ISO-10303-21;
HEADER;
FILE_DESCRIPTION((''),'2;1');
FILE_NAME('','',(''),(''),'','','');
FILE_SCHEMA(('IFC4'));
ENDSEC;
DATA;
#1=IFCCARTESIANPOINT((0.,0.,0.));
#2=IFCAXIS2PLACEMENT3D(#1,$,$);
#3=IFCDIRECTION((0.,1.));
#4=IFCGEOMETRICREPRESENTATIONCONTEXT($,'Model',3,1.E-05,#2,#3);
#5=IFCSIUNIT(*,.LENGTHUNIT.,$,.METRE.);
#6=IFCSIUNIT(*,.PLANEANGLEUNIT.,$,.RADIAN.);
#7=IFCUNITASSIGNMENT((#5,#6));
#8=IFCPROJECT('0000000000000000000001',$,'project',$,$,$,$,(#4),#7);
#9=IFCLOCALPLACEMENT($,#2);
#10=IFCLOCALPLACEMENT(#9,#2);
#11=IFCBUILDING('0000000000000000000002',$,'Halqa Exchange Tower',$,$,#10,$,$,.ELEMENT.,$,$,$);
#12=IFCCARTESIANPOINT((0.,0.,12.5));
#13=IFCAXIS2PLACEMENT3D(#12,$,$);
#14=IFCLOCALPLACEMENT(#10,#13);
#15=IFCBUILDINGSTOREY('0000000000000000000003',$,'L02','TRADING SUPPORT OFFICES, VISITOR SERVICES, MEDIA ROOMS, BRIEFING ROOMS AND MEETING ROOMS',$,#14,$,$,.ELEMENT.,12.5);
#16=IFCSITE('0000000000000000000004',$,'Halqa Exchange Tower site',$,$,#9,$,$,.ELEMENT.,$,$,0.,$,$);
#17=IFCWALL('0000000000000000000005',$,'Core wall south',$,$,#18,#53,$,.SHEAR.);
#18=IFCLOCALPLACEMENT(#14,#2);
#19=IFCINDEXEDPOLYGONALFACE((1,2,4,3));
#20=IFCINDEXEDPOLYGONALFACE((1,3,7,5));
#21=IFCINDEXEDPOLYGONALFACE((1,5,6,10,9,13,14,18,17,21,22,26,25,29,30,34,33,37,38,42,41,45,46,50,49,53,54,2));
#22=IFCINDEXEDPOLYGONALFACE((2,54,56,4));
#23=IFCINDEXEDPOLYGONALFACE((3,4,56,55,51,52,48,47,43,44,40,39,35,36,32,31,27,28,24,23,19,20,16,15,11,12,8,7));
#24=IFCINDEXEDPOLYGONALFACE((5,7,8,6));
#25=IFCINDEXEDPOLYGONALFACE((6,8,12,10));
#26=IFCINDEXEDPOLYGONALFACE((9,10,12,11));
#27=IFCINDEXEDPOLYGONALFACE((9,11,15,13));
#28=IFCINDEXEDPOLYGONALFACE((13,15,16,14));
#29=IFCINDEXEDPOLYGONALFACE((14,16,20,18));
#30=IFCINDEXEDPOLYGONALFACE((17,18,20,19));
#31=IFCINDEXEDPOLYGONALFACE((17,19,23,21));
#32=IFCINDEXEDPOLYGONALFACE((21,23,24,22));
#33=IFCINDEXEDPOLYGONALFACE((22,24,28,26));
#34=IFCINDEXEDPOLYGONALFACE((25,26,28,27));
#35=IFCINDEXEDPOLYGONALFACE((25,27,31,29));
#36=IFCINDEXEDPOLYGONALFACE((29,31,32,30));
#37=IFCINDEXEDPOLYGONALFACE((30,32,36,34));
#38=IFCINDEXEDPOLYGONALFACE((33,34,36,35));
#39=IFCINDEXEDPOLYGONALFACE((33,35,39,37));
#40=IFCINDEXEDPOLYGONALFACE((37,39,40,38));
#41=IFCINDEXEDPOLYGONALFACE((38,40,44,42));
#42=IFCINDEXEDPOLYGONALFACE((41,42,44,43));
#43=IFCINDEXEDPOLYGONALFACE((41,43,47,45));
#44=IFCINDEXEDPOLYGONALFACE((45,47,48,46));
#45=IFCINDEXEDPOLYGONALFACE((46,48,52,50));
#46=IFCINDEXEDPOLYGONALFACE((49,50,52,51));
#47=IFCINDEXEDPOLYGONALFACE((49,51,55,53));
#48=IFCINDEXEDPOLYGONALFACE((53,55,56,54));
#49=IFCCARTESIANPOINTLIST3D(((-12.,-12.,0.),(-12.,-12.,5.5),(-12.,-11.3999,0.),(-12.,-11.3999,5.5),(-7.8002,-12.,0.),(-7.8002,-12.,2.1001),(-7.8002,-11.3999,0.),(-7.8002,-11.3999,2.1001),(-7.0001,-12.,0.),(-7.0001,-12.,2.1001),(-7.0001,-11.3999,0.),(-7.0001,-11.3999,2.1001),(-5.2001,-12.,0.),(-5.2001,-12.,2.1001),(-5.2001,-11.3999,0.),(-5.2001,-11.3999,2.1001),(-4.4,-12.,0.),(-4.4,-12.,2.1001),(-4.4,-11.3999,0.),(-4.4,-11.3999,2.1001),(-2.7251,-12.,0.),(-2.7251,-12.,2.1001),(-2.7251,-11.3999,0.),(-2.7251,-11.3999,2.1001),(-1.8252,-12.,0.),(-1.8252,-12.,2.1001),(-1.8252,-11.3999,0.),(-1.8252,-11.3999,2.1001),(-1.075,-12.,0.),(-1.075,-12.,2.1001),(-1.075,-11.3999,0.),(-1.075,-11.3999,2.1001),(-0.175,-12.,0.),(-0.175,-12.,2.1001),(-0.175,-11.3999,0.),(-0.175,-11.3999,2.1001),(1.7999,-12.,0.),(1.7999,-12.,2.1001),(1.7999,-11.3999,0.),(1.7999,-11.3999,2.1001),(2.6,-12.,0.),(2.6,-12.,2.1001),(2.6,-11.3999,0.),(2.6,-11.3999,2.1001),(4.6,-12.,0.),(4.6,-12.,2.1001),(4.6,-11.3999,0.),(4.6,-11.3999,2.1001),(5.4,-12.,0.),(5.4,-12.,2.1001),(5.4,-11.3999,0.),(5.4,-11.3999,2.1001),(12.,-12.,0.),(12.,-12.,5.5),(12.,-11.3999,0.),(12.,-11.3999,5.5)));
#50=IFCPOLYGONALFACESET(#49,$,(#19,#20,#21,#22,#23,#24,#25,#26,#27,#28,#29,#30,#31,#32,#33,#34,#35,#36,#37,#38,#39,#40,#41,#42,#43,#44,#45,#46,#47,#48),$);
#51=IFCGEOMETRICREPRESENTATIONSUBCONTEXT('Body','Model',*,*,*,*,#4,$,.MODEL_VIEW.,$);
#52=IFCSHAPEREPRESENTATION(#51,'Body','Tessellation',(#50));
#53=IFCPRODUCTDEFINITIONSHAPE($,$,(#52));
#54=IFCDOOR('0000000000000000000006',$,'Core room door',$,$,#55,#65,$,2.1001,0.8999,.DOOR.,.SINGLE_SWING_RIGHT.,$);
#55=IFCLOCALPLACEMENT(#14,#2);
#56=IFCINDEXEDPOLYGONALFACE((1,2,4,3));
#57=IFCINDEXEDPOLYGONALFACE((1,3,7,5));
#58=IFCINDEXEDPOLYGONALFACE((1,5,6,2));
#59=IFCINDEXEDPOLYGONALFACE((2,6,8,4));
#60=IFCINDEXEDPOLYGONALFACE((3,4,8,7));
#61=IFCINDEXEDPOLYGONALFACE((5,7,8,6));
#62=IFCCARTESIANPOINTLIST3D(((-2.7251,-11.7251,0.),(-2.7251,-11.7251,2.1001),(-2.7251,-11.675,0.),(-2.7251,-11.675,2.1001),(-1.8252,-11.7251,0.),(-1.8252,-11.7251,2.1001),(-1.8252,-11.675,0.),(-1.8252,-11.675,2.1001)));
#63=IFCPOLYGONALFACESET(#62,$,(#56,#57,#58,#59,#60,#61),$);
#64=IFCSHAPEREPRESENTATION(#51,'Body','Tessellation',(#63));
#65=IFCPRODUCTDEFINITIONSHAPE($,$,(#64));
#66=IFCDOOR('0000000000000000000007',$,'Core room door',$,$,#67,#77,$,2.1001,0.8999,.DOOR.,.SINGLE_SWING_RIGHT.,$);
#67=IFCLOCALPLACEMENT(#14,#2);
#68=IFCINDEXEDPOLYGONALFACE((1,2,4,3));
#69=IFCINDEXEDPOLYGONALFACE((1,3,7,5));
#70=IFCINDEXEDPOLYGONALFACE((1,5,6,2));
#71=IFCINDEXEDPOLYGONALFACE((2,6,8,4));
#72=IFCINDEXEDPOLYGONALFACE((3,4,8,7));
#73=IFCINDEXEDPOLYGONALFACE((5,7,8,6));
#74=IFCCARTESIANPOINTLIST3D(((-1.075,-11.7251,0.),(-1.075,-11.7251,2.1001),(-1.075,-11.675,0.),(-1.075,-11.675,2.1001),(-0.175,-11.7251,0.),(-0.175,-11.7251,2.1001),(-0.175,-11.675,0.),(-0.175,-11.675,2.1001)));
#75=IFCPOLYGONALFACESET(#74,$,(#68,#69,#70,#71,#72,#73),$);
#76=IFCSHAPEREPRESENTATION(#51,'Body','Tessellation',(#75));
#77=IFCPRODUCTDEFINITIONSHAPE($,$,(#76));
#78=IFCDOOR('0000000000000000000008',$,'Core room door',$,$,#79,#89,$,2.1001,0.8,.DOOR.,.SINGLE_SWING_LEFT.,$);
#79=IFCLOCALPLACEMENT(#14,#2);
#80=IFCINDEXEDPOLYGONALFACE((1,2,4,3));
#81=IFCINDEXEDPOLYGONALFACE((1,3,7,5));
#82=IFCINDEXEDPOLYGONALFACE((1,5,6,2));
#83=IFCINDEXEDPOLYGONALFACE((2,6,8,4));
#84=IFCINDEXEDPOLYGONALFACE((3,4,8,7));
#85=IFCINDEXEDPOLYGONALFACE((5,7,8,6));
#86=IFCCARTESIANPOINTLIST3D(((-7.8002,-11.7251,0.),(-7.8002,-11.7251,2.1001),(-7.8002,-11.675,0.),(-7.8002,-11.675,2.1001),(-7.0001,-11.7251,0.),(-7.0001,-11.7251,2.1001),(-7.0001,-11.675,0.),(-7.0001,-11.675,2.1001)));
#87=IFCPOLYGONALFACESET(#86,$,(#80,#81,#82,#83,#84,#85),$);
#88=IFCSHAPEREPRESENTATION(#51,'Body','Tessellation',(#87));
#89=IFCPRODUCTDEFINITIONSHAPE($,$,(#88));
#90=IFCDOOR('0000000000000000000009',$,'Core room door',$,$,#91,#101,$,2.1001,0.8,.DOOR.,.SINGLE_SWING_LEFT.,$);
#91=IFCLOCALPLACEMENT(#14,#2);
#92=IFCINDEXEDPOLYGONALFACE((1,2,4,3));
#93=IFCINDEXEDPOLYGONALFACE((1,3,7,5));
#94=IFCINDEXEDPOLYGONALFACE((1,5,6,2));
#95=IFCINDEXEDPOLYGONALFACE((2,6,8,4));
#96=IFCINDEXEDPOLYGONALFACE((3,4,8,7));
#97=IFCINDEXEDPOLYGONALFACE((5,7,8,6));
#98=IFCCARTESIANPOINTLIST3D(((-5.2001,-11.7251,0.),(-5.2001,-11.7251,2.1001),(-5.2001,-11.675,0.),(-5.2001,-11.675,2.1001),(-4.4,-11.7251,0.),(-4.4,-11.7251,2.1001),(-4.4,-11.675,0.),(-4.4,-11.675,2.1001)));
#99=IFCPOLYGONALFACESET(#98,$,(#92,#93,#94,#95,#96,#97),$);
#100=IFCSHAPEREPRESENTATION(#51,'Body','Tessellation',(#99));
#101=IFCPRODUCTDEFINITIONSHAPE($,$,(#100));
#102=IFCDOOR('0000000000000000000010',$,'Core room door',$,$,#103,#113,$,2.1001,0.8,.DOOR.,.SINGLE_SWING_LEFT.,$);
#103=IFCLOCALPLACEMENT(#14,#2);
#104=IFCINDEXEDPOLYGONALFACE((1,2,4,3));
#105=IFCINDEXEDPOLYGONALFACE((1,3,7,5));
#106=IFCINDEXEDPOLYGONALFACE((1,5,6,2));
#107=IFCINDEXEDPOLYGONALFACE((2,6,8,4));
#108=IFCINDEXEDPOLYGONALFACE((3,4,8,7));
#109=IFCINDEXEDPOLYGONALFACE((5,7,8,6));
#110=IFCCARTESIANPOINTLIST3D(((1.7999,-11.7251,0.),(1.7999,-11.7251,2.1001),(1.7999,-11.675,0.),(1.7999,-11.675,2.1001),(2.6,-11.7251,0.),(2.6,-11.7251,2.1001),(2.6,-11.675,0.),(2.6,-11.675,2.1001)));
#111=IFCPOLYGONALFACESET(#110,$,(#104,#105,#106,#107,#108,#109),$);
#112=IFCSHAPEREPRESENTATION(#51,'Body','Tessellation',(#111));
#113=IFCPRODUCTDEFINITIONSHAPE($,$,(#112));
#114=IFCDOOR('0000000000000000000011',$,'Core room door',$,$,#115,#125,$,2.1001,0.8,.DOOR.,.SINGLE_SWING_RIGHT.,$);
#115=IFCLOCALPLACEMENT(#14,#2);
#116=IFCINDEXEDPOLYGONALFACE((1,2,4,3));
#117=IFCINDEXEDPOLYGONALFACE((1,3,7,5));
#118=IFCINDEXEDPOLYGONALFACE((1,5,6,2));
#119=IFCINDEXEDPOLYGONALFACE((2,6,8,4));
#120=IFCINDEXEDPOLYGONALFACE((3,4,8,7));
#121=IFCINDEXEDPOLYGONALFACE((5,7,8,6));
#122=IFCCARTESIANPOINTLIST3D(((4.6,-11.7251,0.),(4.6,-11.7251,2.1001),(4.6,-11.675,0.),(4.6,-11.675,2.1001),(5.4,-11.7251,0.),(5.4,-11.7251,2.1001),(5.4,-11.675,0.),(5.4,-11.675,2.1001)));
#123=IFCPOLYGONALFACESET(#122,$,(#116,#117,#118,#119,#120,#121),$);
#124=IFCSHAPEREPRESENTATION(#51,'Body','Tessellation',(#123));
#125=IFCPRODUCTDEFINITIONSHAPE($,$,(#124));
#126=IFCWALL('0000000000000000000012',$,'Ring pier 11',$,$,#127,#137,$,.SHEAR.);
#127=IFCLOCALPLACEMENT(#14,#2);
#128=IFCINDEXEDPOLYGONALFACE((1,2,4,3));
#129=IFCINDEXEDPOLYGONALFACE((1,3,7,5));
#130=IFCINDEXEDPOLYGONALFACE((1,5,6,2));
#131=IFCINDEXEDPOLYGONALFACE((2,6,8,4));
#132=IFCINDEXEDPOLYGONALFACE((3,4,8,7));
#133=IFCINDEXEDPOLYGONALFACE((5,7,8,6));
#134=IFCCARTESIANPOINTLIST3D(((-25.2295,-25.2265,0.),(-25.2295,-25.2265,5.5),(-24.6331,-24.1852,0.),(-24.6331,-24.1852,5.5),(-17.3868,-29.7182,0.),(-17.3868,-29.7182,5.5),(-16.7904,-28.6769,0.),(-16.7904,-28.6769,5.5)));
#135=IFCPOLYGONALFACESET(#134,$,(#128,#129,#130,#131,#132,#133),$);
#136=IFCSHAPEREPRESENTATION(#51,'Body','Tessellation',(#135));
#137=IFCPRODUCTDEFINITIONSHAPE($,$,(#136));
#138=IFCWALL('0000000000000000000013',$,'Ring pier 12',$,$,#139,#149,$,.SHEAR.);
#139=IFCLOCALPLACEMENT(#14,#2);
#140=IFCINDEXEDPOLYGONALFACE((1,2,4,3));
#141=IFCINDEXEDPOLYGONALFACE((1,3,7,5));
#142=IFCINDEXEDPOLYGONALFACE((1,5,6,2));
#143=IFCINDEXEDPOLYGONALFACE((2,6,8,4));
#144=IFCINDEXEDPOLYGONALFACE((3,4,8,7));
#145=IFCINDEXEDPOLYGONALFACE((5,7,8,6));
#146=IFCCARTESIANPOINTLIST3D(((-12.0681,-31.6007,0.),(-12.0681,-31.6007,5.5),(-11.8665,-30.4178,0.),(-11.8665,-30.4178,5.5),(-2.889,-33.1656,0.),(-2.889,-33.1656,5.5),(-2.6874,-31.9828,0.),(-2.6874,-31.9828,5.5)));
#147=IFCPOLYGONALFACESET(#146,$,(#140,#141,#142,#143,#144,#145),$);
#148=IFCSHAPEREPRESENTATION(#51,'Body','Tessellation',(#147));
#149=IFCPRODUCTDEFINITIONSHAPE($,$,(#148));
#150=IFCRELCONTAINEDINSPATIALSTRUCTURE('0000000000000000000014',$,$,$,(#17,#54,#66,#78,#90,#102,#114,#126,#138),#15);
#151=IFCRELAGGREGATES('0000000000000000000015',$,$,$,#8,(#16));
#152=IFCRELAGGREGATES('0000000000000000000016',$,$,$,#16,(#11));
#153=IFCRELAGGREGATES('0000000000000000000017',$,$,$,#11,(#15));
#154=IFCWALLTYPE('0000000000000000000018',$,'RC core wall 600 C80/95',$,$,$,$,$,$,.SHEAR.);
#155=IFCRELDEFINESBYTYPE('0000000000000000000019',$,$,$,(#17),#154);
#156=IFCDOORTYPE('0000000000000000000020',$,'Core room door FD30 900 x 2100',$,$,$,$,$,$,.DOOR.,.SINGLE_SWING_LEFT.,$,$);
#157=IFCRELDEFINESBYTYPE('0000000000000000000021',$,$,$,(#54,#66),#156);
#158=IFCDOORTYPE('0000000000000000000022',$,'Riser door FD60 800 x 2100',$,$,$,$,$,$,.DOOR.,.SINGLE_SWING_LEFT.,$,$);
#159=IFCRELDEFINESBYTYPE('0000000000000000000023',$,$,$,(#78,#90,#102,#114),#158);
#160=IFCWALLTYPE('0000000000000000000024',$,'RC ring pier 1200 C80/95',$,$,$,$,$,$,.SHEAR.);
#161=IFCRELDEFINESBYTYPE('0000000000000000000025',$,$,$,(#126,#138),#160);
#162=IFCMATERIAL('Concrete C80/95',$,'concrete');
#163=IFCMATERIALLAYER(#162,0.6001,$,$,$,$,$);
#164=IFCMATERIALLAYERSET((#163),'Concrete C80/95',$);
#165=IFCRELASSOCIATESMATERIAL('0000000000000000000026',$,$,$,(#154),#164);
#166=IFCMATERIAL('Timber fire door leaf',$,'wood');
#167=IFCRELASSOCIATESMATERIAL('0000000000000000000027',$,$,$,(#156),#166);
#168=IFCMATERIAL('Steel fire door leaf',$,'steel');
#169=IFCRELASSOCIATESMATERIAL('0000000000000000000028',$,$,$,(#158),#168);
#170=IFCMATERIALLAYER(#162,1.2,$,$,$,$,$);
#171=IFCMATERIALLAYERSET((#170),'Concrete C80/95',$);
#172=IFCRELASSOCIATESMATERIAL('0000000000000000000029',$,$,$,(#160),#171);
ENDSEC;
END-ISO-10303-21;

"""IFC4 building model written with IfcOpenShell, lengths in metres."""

from ifc_helpers import new_model, si_unit, direction, frame, frame_2d, origin, place, context, subcontext, project, spatial, rectangle, extrude, material, layer, layer_set, type_object, element, fill, save


model = new_model("IFC4")

# Units and contexts
model_context = context("Model", 3, precision=1e-05, world=origin(), true_north=direction((0.0, 1.0)))
body_context = subcontext(model_context, "Body", "Model", "MODEL_VIEW")
ifc_project = project(units=[si_unit("LENGTHUNIT", "METRE"), si_unit("PLANEANGLEUNIT", "RADIAN")], contexts=[model_context])

# Site, building, storey
site_placement = place(None, origin())
site = spatial("IfcSite", under=ifc_project, at=site_placement, Name="Halqa Exchange Tower site", CompositionType="ELEMENT", RefElevation=0.0)
building_placement = place(site_placement, origin())
building = spatial("IfcBuilding", under=site, at=building_placement, Name="Halqa Exchange Tower", CompositionType="ELEMENT")
storey_placement = place(building_placement, frame((0.0, 0.0, 12.5)))
storey = spatial("IfcBuildingStorey", under=building, at=storey_placement, Name="L02", Description="TRADING SUPPORT OFFICES, VISITOR SERVICES, MEDIA ROOMS, BRIEFING ROOMS AND MEETING ROOMS", CompositionType="ELEMENT", Elevation=12.5)

# Shared definitions
ifc_material_1 = material(Name="Steel fire door leaf", Category="steel")

# Wall, openings, doors
ifc_material_2 = material(Name="Concrete C80/95", Category="concrete")
ifc_layer_1 = layer(ifc_material_2, 0.6001)
ifc_layer_set_1 = layer_set([ifc_layer_1], Name="Concrete C80/95")
wall_type_1 = type_object("IfcWallType", Name="RC core wall 600 C80/95", PredefinedType="SHEAR", material=ifc_layer_set_1)
wall_1_placement = place(storey_placement, frame((-12.0, -11.7, 0.0), z_axis=(0.0, 0.0, 1.0), x_axis=(1.0, 0.0, 0.0)))
wall_1 = element("IfcWall", 1, at=wall_1_placement, inside=storey, type_object=wall_type_1, Name="Core wall south", PredefinedType="SHEAR", context=body_context, shape_type="SweptSolid", body=[
    extrude(rectangle(XDim=24.0, YDim=0.6001, at=frame_2d((12.0, 0.0))), origin(), (0.0, 0.0, 1.0), 5.5),
])
opening_1_placement = place(wall_1_placement, frame((9.2749, 0.0, 0.0)))
opening_1 = element("IfcOpeningElement", 2, at=opening_1_placement, cuts=wall_1, PredefinedType="OPENING", context=body_context, shape_type="SweptSolid", body=[
    extrude(rectangle(XDim=0.8999, YDim=2.1001, at=frame_2d((0.45, 1.05))), frame((0.0, 0.312, 0.0), z_axis=(0.0, -1.0, 0.0), x_axis=(1.0, 0.0, 0.0)), (0.0, 0.0, 1.0), 0.624),
])
opening_2_placement = place(wall_1_placement, frame((10.925, 0.0, 0.0)))
opening_2 = element("IfcOpeningElement", 3, at=opening_2_placement, cuts=wall_1, PredefinedType="OPENING", context=body_context, shape_type="SweptSolid", body=[
    extrude(rectangle(XDim=0.8999, YDim=2.1001, at=frame_2d((0.45, 1.05))), frame((0.0, 0.312, 0.0), z_axis=(0.0, -1.0, 0.0), x_axis=(1.0, 0.0, 0.0)), (0.0, 0.0, 1.0), 0.624),
])
opening_3_placement = place(wall_1_placement, frame((4.2, 0.0, 0.0)))
opening_3 = element("IfcOpeningElement", 4, at=opening_3_placement, cuts=wall_1, PredefinedType="OPENING", context=body_context, shape_type="SweptSolid", body=[
    extrude(rectangle(XDim=0.8, YDim=2.1001, at=frame_2d((0.3999, 1.05))), frame((0.0, 0.312, 0.0), z_axis=(0.0, -1.0, 0.0), x_axis=(1.0, 0.0, 0.0)), (0.0, 0.0, 1.0), 0.624),
])
opening_4_placement = place(wall_1_placement, frame((6.8, 0.0, 0.0)))
opening_4 = element("IfcOpeningElement", 5, at=opening_4_placement, cuts=wall_1, PredefinedType="OPENING", context=body_context, shape_type="SweptSolid", body=[
    extrude(rectangle(XDim=0.8, YDim=2.1001, at=frame_2d((0.3999, 1.05))), frame((0.0, 0.312, 0.0), z_axis=(0.0, -1.0, 0.0), x_axis=(1.0, 0.0, 0.0)), (0.0, 0.0, 1.0), 0.624),
])
opening_5_placement = place(wall_1_placement, frame((13.8, 0.0, 0.0)))
opening_5 = element("IfcOpeningElement", 6, at=opening_5_placement, cuts=wall_1, PredefinedType="OPENING", context=body_context, shape_type="SweptSolid", body=[
    extrude(rectangle(XDim=0.8, YDim=2.1001, at=frame_2d((0.3999, 1.05))), frame((0.0, 0.312, 0.0), z_axis=(0.0, -1.0, 0.0), x_axis=(1.0, 0.0, 0.0)), (0.0, 0.0, 1.0), 0.624),
])
opening_6_placement = place(wall_1_placement, frame((16.6001, 0.0, 0.0)))
opening_6 = element("IfcOpeningElement", 7, at=opening_6_placement, cuts=wall_1, PredefinedType="OPENING", context=body_context, shape_type="SweptSolid", body=[
    extrude(rectangle(XDim=0.8, YDim=2.1001, at=frame_2d((0.3999, 1.05))), frame((0.0, 0.312, 0.0), z_axis=(0.0, -1.0, 0.0), x_axis=(1.0, 0.0, 0.0)), (0.0, 0.0, 1.0), 0.624),
])
ifc_material_3 = material(Name="Timber fire door leaf", Category="wood")
door_type_1 = type_object("IfcDoorType", Name="Core room door FD30 900 x 2100", OperationType="SINGLE_SWING_LEFT", PredefinedType="DOOR", material=ifc_material_3)
door_1_placement = place(opening_1_placement, origin())
door_1 = element("IfcDoor", 8, at=door_1_placement, inside=storey, type_object=door_type_1, Name="Core room door", OperationType="SINGLE_SWING_RIGHT", OverallHeight=2.1001, OverallWidth=0.8999, PredefinedType="DOOR", context=body_context, shape_type="SweptSolid", body=[
    extrude(rectangle(XDim=0.8999, YDim=2.1001, at=frame_2d((0.45, 1.05))), frame((0.0, 0.0249, 0.0), z_axis=(0.0, -1.0, 0.0), x_axis=(1.0, 0.0, 0.0)), (0.0, 0.0, 1.0), 0.05),
])
fill(opening_1, door_1)
door_2_placement = place(opening_2_placement, origin())
door_2 = element("IfcDoor", 9, at=door_2_placement, inside=storey, type_object=door_type_1, Name="Core room door", OperationType="SINGLE_SWING_RIGHT", OverallHeight=2.1001, OverallWidth=0.8999, PredefinedType="DOOR", context=body_context, shape_type="SweptSolid", body=[
    extrude(rectangle(XDim=0.8999, YDim=2.1001, at=frame_2d((0.45, 1.05))), frame((0.0, 0.0249, 0.0), z_axis=(0.0, -1.0, 0.0), x_axis=(1.0, 0.0, 0.0)), (0.0, 0.0, 1.0), 0.05),
])
fill(opening_2, door_2)
door_type_2 = type_object("IfcDoorType", Name="Riser door FD60 800 x 2100", OperationType="SINGLE_SWING_LEFT", PredefinedType="DOOR", material=ifc_material_1)
door_3_placement = place(opening_3_placement, origin())
door_3 = element("IfcDoor", 10, at=door_3_placement, inside=storey, type_object=door_type_2, Name="Core room door", OperationType="SINGLE_SWING_LEFT", OverallHeight=2.1001, OverallWidth=0.8, PredefinedType="DOOR", context=body_context, shape_type="SweptSolid", body=[
    extrude(rectangle(XDim=0.8, YDim=2.1001, at=frame_2d((0.3999, 1.05))), frame((0.0, 0.0249, 0.0), z_axis=(0.0, -1.0, 0.0), x_axis=(1.0, 0.0, 0.0)), (0.0, 0.0, 1.0), 0.05),
])
fill(opening_3, door_3)
door_4_placement = place(opening_4_placement, origin())
door_4 = element("IfcDoor", 11, at=door_4_placement, inside=storey, type_object=door_type_2, Name="Core room door", OperationType="SINGLE_SWING_LEFT", OverallHeight=2.1001, OverallWidth=0.8, PredefinedType="DOOR", context=body_context, shape_type="SweptSolid", body=[
    extrude(rectangle(XDim=0.8, YDim=2.1001, at=frame_2d((0.3999, 1.05))), frame((0.0, 0.0249, 0.0), z_axis=(0.0, -1.0, 0.0), x_axis=(1.0, 0.0, 0.0)), (0.0, 0.0, 1.0), 0.05),
])
fill(opening_4, door_4)
door_5_placement = place(opening_5_placement, origin())
door_5 = element("IfcDoor", 12, at=door_5_placement, inside=storey, type_object=door_type_2, Name="Core room door", OperationType="SINGLE_SWING_LEFT", OverallHeight=2.1001, OverallWidth=0.8, PredefinedType="DOOR", context=body_context, shape_type="SweptSolid", body=[
    extrude(rectangle(XDim=0.8, YDim=2.1001, at=frame_2d((0.3999, 1.05))), frame((0.0, 0.0249, 0.0), z_axis=(0.0, -1.0, 0.0), x_axis=(1.0, 0.0, 0.0)), (0.0, 0.0, 1.0), 0.05),
])
fill(opening_5, door_5)
door_6_placement = place(opening_6_placement, origin())
door_6 = element("IfcDoor", 13, at=door_6_placement, inside=storey, type_object=door_type_2, Name="Core room door", OperationType="SINGLE_SWING_RIGHT", OverallHeight=2.1001, OverallWidth=0.8, PredefinedType="DOOR", context=body_context, shape_type="SweptSolid", body=[
    extrude(rectangle(XDim=0.8, YDim=2.1001, at=frame_2d((0.3999, 1.05))), frame((0.0, 0.0249, 0.0), z_axis=(0.0, -1.0, 0.0), x_axis=(1.0, 0.0, 0.0)), (0.0, 0.0, 1.0), 0.05),
])
fill(opening_6, door_6)

# Walls
ifc_layer_2 = layer(ifc_material_2, 1.2)
ifc_layer_set_2 = layer_set([ifc_layer_2], Name="Concrete C80/95")
wall_type_2 = type_object("IfcWallType", Name="RC ring pier 1200 C80/95", PredefinedType="SHEAR", material=ifc_layer_set_2)
wall_2_placement = place(storey_placement, frame((-24.9314, -24.7058, 0.0), z_axis=(0.0, 0.0, 1.0), x_axis=(0.867761, -0.496982, 0.0)))
element("IfcWall", 14, at=wall_2_placement, inside=storey, type_object=wall_type_2, Name="Ring pier 11", PredefinedType="SHEAR", context=body_context, shape_type="SweptSolid", body=[
    extrude(rectangle(XDim=9.0378, YDim=1.2, at=frame_2d((4.519, 0.0))), origin(), (0.0, 0.0, 1.0), 5.5),
])
wall_3_placement = place(storey_placement, frame((-11.9673, -31.0093, 0.0), z_axis=(0.0, 0.0, 1.0), x_axis=(0.985776, -0.168063, 0.0)))
element("IfcWall", 15, at=wall_3_placement, inside=storey, type_object=wall_type_2, Name="Ring pier 12", PredefinedType="SHEAR", context=body_context, shape_type="SweptSolid", body=[
    extrude(rectangle(XDim=9.3115, YDim=1.2, at=frame_2d((4.6558, 0.0))), origin(), (0.0, 0.0, 1.0), 5.5),
])

save(model, "model.ifc")
